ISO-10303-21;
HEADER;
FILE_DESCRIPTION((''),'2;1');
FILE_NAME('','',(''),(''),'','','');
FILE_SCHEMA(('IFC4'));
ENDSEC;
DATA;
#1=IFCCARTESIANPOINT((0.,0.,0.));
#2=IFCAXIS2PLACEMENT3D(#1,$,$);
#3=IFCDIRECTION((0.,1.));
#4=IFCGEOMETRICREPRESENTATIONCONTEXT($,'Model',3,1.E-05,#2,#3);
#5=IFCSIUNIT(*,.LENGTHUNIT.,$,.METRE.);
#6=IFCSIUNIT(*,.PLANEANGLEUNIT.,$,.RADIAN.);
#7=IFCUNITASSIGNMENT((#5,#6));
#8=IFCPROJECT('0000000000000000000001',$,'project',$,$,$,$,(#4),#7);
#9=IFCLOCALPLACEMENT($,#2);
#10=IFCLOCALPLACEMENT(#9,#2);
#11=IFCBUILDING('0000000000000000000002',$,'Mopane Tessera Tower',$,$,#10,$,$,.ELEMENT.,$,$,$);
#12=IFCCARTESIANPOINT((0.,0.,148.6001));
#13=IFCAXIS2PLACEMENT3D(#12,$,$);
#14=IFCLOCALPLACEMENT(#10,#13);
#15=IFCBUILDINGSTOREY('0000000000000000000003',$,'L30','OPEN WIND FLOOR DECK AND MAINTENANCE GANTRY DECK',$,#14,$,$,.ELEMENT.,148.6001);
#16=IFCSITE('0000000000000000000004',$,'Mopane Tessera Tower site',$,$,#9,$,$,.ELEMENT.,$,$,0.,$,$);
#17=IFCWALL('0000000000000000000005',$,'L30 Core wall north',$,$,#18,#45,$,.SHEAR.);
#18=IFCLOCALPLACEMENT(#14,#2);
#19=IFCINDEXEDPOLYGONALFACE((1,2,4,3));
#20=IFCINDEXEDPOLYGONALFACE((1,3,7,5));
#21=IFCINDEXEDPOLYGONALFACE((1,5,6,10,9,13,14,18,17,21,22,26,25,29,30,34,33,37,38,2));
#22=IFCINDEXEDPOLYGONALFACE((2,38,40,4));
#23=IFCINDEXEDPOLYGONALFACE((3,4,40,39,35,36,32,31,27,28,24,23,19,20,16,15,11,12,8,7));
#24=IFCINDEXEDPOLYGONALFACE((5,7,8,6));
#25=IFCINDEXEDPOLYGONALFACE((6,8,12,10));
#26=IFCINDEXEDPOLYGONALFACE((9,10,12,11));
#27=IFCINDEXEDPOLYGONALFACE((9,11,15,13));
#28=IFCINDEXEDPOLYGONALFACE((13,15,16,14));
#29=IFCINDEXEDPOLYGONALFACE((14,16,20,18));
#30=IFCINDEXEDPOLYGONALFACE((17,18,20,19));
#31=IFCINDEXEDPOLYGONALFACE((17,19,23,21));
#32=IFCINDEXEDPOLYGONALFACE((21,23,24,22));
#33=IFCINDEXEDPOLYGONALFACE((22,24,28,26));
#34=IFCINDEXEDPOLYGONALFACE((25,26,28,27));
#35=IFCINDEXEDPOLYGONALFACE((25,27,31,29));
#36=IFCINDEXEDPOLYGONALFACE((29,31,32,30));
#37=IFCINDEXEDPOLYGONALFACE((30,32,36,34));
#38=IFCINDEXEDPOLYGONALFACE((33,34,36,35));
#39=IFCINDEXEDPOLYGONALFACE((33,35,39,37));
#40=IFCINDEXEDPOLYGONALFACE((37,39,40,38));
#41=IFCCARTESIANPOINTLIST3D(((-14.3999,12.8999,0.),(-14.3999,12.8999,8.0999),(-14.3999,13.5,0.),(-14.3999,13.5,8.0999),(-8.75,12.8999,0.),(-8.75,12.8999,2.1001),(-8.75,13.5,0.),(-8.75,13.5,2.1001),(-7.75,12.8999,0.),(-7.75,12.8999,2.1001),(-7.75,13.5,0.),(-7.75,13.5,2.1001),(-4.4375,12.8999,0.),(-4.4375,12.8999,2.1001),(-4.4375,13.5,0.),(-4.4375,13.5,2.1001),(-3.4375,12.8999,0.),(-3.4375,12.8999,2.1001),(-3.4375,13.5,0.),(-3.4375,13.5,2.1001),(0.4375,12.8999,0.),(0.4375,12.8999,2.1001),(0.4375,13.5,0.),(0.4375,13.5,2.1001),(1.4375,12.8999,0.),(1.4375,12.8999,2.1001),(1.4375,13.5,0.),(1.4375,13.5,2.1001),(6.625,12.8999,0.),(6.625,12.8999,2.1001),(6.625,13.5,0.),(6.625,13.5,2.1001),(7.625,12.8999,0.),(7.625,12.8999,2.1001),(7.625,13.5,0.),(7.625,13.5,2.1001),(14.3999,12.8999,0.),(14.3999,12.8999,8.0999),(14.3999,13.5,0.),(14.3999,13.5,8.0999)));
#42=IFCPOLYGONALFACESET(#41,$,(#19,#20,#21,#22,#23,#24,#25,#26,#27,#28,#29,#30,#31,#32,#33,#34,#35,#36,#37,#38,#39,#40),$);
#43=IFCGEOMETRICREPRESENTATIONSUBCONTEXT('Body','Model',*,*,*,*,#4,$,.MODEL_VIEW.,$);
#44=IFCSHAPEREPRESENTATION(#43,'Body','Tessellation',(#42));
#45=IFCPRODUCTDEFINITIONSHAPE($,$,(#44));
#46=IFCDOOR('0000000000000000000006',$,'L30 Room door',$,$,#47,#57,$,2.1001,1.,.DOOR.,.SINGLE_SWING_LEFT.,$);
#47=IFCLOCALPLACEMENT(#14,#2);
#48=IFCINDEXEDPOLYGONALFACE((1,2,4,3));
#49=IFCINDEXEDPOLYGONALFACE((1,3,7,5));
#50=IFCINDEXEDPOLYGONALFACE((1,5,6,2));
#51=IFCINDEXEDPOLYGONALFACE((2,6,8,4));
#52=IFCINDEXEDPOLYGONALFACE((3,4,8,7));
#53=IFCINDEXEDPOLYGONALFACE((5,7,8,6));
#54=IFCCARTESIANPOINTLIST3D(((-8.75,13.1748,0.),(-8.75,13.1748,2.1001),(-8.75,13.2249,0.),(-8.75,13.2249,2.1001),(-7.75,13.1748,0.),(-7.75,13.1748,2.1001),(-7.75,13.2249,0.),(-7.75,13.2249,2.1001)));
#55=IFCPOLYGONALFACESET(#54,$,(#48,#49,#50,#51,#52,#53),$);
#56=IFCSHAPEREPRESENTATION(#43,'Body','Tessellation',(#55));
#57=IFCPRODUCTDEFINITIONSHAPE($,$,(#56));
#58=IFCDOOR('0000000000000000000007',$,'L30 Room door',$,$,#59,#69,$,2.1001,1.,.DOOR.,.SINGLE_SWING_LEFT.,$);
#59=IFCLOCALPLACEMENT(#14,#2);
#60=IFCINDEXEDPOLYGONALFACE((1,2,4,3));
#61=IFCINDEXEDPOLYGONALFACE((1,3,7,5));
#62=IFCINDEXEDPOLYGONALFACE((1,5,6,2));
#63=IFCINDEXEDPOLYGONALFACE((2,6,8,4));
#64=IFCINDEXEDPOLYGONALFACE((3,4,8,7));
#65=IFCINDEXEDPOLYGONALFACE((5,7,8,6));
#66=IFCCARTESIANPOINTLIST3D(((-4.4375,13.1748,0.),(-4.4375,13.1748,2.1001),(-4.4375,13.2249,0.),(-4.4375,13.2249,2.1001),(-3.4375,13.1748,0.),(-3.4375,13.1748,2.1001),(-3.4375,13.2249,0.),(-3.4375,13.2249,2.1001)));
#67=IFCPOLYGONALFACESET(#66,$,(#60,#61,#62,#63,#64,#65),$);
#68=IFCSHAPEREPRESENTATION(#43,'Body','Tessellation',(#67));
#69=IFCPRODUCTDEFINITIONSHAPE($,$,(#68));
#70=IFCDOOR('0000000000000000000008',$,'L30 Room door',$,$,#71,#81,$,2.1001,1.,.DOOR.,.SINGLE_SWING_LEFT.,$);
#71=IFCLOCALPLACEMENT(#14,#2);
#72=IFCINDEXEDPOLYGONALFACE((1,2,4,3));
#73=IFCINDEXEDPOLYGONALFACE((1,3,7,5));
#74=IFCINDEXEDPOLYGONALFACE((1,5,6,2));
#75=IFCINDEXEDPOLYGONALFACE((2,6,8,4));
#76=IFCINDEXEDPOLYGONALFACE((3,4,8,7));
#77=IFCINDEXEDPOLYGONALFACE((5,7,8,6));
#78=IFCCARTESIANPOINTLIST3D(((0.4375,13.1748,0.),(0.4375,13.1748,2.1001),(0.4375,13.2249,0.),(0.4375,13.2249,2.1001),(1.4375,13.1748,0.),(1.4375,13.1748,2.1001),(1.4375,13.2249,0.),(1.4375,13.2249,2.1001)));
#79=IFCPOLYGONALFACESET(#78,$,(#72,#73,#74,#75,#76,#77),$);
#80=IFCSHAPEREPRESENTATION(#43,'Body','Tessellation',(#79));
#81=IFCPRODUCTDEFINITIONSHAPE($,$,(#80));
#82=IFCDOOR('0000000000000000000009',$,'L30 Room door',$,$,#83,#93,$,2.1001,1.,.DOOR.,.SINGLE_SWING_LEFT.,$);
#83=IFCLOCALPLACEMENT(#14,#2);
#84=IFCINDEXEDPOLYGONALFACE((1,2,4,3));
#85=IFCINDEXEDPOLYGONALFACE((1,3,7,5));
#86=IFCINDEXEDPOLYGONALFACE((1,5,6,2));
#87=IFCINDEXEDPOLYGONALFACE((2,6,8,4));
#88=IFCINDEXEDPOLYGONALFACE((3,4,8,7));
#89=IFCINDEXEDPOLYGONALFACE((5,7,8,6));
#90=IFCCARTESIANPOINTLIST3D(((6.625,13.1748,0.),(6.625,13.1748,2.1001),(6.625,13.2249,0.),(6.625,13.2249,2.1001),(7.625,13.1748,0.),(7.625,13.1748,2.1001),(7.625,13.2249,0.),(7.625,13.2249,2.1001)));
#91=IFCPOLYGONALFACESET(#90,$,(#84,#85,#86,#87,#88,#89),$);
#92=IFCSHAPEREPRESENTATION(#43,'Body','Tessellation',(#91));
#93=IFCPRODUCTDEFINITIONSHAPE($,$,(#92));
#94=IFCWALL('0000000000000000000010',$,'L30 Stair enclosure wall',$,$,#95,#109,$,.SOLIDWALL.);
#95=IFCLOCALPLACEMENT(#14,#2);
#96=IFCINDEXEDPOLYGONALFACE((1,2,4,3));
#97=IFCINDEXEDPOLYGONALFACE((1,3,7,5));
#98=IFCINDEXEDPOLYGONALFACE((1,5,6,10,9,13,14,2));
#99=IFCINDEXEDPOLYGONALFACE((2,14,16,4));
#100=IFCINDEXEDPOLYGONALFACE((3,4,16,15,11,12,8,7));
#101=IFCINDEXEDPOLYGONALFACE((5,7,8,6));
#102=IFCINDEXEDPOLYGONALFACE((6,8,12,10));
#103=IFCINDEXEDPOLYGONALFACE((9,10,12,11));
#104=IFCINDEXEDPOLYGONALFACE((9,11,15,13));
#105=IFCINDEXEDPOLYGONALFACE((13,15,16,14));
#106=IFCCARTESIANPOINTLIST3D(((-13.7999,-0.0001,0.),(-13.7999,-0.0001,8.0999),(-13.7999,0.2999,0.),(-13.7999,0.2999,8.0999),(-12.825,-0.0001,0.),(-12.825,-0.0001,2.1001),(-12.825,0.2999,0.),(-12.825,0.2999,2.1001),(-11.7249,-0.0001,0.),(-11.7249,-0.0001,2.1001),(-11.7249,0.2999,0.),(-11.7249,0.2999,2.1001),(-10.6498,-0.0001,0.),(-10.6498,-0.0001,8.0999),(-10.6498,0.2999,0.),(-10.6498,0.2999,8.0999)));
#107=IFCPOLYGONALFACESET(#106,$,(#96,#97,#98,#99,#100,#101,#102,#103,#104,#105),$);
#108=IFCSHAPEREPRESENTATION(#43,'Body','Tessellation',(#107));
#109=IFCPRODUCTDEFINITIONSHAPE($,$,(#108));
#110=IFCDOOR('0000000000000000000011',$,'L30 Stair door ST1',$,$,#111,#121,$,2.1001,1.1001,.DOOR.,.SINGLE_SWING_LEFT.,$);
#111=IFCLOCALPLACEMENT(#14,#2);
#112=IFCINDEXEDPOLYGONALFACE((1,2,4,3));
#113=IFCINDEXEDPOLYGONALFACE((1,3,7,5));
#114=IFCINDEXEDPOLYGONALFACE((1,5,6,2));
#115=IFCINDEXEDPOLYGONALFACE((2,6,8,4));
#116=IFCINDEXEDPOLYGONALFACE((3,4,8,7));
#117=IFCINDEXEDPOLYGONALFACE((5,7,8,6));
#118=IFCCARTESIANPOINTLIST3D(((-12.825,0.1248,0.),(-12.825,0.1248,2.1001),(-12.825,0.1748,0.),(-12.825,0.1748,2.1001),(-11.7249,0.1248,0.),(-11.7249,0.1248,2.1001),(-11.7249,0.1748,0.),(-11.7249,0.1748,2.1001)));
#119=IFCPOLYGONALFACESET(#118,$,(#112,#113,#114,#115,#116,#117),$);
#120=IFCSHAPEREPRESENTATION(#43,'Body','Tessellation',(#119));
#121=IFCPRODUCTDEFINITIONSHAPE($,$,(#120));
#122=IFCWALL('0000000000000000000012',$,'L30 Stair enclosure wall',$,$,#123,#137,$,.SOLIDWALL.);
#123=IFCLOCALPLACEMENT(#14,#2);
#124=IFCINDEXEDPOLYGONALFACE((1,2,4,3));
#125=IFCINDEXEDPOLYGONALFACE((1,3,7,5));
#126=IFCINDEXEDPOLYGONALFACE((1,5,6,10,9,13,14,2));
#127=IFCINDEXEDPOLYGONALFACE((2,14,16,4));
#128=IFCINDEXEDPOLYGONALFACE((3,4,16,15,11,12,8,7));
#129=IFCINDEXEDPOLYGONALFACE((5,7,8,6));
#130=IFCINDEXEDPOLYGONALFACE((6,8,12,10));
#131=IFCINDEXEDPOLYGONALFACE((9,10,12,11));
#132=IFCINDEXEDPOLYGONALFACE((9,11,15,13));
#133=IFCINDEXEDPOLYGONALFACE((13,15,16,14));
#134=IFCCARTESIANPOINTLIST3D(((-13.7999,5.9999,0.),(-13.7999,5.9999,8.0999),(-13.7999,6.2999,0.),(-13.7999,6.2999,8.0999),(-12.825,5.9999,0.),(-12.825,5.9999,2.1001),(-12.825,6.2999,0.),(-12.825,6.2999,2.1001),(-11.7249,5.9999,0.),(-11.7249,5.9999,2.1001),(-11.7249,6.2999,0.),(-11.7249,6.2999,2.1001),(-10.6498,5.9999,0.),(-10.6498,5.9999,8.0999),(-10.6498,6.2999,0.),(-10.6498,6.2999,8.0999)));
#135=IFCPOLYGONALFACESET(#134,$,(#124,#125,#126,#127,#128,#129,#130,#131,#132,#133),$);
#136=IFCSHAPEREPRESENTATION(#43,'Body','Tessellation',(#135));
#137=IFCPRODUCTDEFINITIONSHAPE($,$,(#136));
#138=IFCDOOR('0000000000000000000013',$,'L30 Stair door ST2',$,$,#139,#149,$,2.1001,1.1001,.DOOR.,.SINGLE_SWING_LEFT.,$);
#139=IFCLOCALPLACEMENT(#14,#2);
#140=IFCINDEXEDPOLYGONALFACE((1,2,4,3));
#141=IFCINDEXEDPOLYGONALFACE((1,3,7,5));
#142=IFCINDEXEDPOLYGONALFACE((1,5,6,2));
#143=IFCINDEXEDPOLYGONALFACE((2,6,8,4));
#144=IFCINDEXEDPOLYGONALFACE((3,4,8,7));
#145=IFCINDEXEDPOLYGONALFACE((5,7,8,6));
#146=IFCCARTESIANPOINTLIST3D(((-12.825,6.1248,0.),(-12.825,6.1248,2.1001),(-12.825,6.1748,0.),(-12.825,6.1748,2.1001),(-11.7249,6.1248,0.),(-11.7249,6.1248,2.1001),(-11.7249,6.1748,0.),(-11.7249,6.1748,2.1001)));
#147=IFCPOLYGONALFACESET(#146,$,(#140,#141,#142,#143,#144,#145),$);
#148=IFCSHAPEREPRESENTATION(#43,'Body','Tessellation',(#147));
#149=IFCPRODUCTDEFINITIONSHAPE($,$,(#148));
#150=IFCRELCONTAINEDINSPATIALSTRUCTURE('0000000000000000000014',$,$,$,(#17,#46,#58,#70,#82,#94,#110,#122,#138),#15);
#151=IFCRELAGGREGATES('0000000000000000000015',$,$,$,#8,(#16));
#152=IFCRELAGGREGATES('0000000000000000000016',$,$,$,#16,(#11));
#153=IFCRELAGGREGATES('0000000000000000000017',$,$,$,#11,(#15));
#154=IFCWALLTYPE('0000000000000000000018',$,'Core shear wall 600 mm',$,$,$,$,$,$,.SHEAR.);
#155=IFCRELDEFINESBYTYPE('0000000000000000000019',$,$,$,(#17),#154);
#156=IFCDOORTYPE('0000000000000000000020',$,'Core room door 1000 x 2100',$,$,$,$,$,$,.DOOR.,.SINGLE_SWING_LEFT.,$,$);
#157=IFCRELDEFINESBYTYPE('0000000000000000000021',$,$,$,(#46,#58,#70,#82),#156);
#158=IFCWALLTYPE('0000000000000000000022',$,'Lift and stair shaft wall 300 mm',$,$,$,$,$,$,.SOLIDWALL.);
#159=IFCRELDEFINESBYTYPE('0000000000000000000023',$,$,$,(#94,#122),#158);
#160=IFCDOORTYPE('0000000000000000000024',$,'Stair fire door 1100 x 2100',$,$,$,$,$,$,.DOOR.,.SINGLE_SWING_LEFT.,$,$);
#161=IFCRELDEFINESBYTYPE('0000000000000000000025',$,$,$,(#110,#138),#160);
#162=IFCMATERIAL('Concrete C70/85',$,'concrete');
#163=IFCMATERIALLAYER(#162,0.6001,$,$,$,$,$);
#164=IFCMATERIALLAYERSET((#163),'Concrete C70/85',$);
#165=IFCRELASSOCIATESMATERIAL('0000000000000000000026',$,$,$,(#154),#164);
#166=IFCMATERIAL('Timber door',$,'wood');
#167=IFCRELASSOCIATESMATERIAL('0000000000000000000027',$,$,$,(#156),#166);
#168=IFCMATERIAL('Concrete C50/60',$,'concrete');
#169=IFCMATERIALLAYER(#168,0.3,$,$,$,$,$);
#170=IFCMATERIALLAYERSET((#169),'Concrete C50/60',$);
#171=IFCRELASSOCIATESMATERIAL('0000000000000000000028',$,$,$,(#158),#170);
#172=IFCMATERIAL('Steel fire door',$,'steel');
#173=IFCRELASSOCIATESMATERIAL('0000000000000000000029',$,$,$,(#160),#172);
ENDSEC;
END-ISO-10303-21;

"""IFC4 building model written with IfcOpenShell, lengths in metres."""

from ifc_helpers import new_model, si_unit, direction, frame, frame_2d, origin, place, context, subcontext, project, spatial, rectangle, extrude, material, layer, layer_set, type_object, element, fill, save


model = new_model("IFC4")

# Units and contexts
model_context = context("Model", 3, precision=1e-05, world=origin(), true_north=direction((0.0, 1.0)))
body_context = subcontext(model_context, "Body", "Model", "MODEL_VIEW")
ifc_project = project(units=[si_unit("LENGTHUNIT", "METRE"), si_unit("PLANEANGLEUNIT", "RADIAN")], contexts=[model_context])

# Site, building, storey
site_placement = place(None, origin())
site = spatial("IfcSite", under=ifc_project, at=site_placement, Name="Mopane Tessera Tower site", CompositionType="ELEMENT", RefElevation=0.0)
building_placement = place(site_placement, origin())
building = spatial("IfcBuilding", under=site, at=building_placement, Name="Mopane Tessera Tower", CompositionType="ELEMENT")
storey_placement = place(building_placement, frame((0.0, 0.0, 148.6001)))
storey = spatial("IfcBuildingStorey", under=building, at=storey_placement, Name="L30", Description="OPEN WIND FLOOR DECK AND MAINTENANCE GANTRY DECK", CompositionType="ELEMENT", Elevation=148.6001)

# Wall, openings, doors
ifc_material_1 = material(Name="Concrete C70/85", Category="concrete")
ifc_layer_1 = layer(ifc_material_1, 0.6001)
ifc_layer_set_1 = layer_set([ifc_layer_1], Name="Concrete C70/85")
wall_type_1 = type_object("IfcWallType", Name="Core shear wall 600 mm", PredefinedType="SHEAR", material=ifc_layer_set_1)
wall_1_placement = place(storey_placement, frame((-14.3999, 13.2, 0.0), z_axis=(0.0, 0.0, 1.0), x_axis=(1.0, 0.0, 0.0)))
wall_1 = element("IfcWall", 1, at=wall_1_placement, inside=storey, type_object=wall_type_1, Name="L30 Core wall north", PredefinedType="SHEAR", context=body_context, shape_type="SweptSolid", body=[
    extrude(rectangle(XDim=28.7998, YDim=0.6001, at=frame_2d((14.3999, 0.0))), origin(), (0.0, 0.0, 1.0), 8.0999),
])
opening_1_placement = place(wall_1_placement, frame((5.6499, 0.0, 0.0)))
opening_1 = element("IfcOpeningElement", 2, at=opening_1_placement, cuts=wall_1, PredefinedType="OPENING", context=body_context, shape_type="SweptSolid", body=[
    extrude(rectangle(XDim=1.0, YDim=2.1001, at=frame_2d((0.5, 1.05))), frame((0.0, 0.312, 0.0), z_axis=(0.0, -1.0, 0.0), x_axis=(1.0, 0.0, 0.0)), (0.0, 0.0, 1.0), 0.624),
])
opening_2_placement = place(wall_1_placement, frame((9.9624, 0.0, 0.0)))
opening_2 = element("IfcOpeningElement", 3, at=opening_2_placement, cuts=wall_1, PredefinedType="OPENING", context=body_context, shape_type="SweptSolid", body=[
    extrude(rectangle(XDim=1.0, YDim=2.1001, at=frame_2d((0.5, 1.05))), frame((0.0, 0.312, 0.0), z_axis=(0.0, -1.0, 0.0), x_axis=(1.0, 0.0, 0.0)), (0.0, 0.0, 1.0), 0.624),
])
opening_3_placement = place(wall_1_placement, frame((14.8374, 0.0, 0.0)))
opening_3 = element("IfcOpeningElement", 4, at=opening_3_placement, cuts=wall_1, PredefinedType="OPENING", context=body_context, shape_type="SweptSolid", body=[
    extrude(rectangle(XDim=1.0, YDim=2.1001, at=frame_2d((0.5, 1.05))), frame((0.0, 0.312, 0.0), z_axis=(0.0, -1.0, 0.0), x_axis=(1.0, 0.0, 0.0)), (0.0, 0.0, 1.0), 0.624),
])
opening_4_placement = place(wall_1_placement, frame((21.0249, 0.0, 0.0)))
opening_4 = element("IfcOpeningElement", 5, at=opening_4_placement, cuts=wall_1, PredefinedType="OPENING", context=body_context, shape_type="SweptSolid", body=[
    extrude(rectangle(XDim=1.0, YDim=2.1001, at=frame_2d((0.5, 1.05))), frame((0.0, 0.312, 0.0), z_axis=(0.0, -1.0, 0.0), x_axis=(1.0, 0.0, 0.0)), (0.0, 0.0, 1.0), 0.624),
])
ifc_material_2 = material(Name="Timber door", Category="wood")
door_type_1 = type_object("IfcDoorType", Name="Core room door 1000 x 2100", OperationType="SINGLE_SWING_LEFT", PredefinedType="DOOR", material=ifc_material_2)
door_1_placement = place(opening_1_placement, origin())
door_1 = element("IfcDoor", 6, at=door_1_placement, inside=storey, type_object=door_type_1, Name="L30 Room door", OperationType="SINGLE_SWING_LEFT", OverallHeight=2.1001, OverallWidth=1.0, PredefinedType="DOOR", context=body_context, shape_type="SweptSolid", body=[
    extrude(rectangle(XDim=1.0, YDim=2.1001, at=frame_2d((0.5, 1.05))), frame((0.0, 0.0249, 0.0), z_axis=(0.0, -1.0, 0.0), x_axis=(1.0, 0.0, 0.0)), (0.0, 0.0, 1.0), 0.05),
])
fill(opening_1, door_1)
door_2_placement = place(opening_2_placement, origin())
door_2 = element("IfcDoor", 7, at=door_2_placement, inside=storey, type_object=door_type_1, Name="L30 Room door", OperationType="SINGLE_SWING_LEFT", OverallHeight=2.1001, OverallWidth=1.0, PredefinedType="DOOR", context=body_context, shape_type="SweptSolid", body=[
    extrude(rectangle(XDim=1.0, YDim=2.1001, at=frame_2d((0.5, 1.05))), frame((0.0, 0.0249, 0.0), z_axis=(0.0, -1.0, 0.0), x_axis=(1.0, 0.0, 0.0)), (0.0, 0.0, 1.0), 0.05),
])
fill(opening_2, door_2)
door_3_placement = place(opening_3_placement, origin())
door_3 = element("IfcDoor", 8, at=door_3_placement, inside=storey, type_object=door_type_1, Name="L30 Room door", OperationType="SINGLE_SWING_LEFT", OverallHeight=2.1001, OverallWidth=1.0, PredefinedType="DOOR", context=body_context, shape_type="SweptSolid", body=[
    extrude(rectangle(XDim=1.0, YDim=2.1001, at=frame_2d((0.5, 1.05))), frame((0.0, 0.0249, 0.0), z_axis=(0.0, -1.0, 0.0), x_axis=(1.0, 0.0, 0.0)), (0.0, 0.0, 1.0), 0.05),
])
fill(opening_3, door_3)
door_4_placement = place(opening_4_placement, origin())
door_4 = element("IfcDoor", 9, at=door_4_placement, inside=storey, type_object=door_type_1, Name="L30 Room door", OperationType="SINGLE_SWING_LEFT", OverallHeight=2.1001, OverallWidth=1.0, PredefinedType="DOOR", context=body_context, shape_type="SweptSolid", body=[
    extrude(rectangle(XDim=1.0, YDim=2.1001, at=frame_2d((0.5, 1.05))), frame((0.0, 0.0249, 0.0), z_axis=(0.0, -1.0, 0.0), x_axis=(1.0, 0.0, 0.0)), (0.0, 0.0, 1.0), 0.05),
])
fill(opening_4, door_4)

# Walls, openings, doors
ifc_material_3 = material(Name="Concrete C50/60", Category="concrete")
ifc_layer_2 = layer(ifc_material_3, 0.3)
ifc_layer_set_2 = layer_set([ifc_layer_2], Name="Concrete C50/60")
wall_type_2 = type_object("IfcWallType", Name="Lift and stair shaft wall 300 mm", PredefinedType="SOLIDWALL", material=ifc_layer_set_2)
wall_2_placement = place(storey_placement, frame((-13.8, 0.1499, 0.0), z_axis=(0.0, 0.0, 1.0), x_axis=(1.0, 0.0, 0.0)))
wall_2 = element("IfcWall", 10, at=wall_2_placement, inside=storey, type_object=wall_type_2, Name="L30 Stair enclosure wall", PredefinedType="SOLIDWALL", context=body_context, shape_type="SweptSolid", body=[
    extrude(rectangle(XDim=3.1501, YDim=0.3, at=frame_2d((1.5752, 0.0))), origin(), (0.0, 0.0, 1.0), 8.0999),
])
opening_5_placement = place(wall_2_placement, frame((0.9751, 0.0, 0.0)))
opening_5 = element("IfcOpeningElement", 11, at=opening_5_placement, cuts=wall_2, PredefinedType="OPENING", context=body_context, shape_type="SweptSolid", body=[
    extrude(rectangle(XDim=1.1001, YDim=2.1001, at=frame_2d((0.55, 1.05))), frame((0.0, 0.1621, 0.0), z_axis=(0.0, -1.0, 0.0), x_axis=(1.0, 0.0, 0.0)), (0.0, 0.0, 1.0), 0.324),
])
ifc_material_4 = material(Name="Steel fire door", Category="steel")
door_type_2 = type_object("IfcDoorType", Name="Stair fire door 1100 x 2100", OperationType="SINGLE_SWING_LEFT", PredefinedType="DOOR", material=ifc_material_4)
door_5_placement = place(opening_5_placement, origin())
door_5 = element("IfcDoor", 12, at=door_5_placement, inside=storey, type_object=door_type_2, Name="L30 Stair door ST1", OperationType="SINGLE_SWING_LEFT", OverallHeight=2.1001, OverallWidth=1.1001, PredefinedType="DOOR", context=body_context, shape_type="SweptSolid", body=[
    extrude(rectangle(XDim=1.1001, YDim=2.1001, at=frame_2d((0.55, 1.05))), frame((0.0, 0.0249, 0.0), z_axis=(0.0, -1.0, 0.0), x_axis=(1.0, 0.0, 0.0)), (0.0, 0.0, 1.0), 0.05),
])
fill(opening_5, door_5)
wall_3_placement = place(storey_placement, frame((-13.8, 6.1499, 0.0), z_axis=(0.0, 0.0, 1.0), x_axis=(1.0, 0.0, 0.0)))
wall_3 = element("IfcWall", 13, at=wall_3_placement, inside=storey, type_object=wall_type_2, Name="L30 Stair enclosure wall", PredefinedType="SOLIDWALL", context=body_context, shape_type="SweptSolid", body=[
    extrude(rectangle(XDim=3.1501, YDim=0.3, at=frame_2d((1.5752, 0.0))), origin(), (0.0, 0.0, 1.0), 8.0999),
])
opening_6_placement = place(wall_3_placement, frame((0.9751, 0.0, 0.0)))
opening_6 = element("IfcOpeningElement", 14, at=opening_6_placement, cuts=wall_3, PredefinedType="OPENING", context=body_context, shape_type="SweptSolid", body=[
    extrude(rectangle(XDim=1.1001, YDim=2.1001, at=frame_2d((0.55, 1.05))), frame((0.0, 0.1621, 0.0), z_axis=(0.0, -1.0, 0.0), x_axis=(1.0, 0.0, 0.0)), (0.0, 0.0, 1.0), 0.324),
])
door_6_placement = place(opening_6_placement, origin())
door_6 = element("IfcDoor", 15, at=door_6_placement, inside=storey, type_object=door_type_2, Name="L30 Stair door ST2", OperationType="SINGLE_SWING_LEFT", OverallHeight=2.1001, OverallWidth=1.1001, PredefinedType="DOOR", context=body_context, shape_type="SweptSolid", body=[
    extrude(rectangle(XDim=1.1001, YDim=2.1001, at=frame_2d((0.55, 1.05))), frame((0.0, 0.0249, 0.0), z_axis=(0.0, -1.0, 0.0), x_axis=(1.0, 0.0, 0.0)), (0.0, 0.0, 1.0), 0.05),
])
fill(opening_6, door_6)

save(model, "model.ifc")
